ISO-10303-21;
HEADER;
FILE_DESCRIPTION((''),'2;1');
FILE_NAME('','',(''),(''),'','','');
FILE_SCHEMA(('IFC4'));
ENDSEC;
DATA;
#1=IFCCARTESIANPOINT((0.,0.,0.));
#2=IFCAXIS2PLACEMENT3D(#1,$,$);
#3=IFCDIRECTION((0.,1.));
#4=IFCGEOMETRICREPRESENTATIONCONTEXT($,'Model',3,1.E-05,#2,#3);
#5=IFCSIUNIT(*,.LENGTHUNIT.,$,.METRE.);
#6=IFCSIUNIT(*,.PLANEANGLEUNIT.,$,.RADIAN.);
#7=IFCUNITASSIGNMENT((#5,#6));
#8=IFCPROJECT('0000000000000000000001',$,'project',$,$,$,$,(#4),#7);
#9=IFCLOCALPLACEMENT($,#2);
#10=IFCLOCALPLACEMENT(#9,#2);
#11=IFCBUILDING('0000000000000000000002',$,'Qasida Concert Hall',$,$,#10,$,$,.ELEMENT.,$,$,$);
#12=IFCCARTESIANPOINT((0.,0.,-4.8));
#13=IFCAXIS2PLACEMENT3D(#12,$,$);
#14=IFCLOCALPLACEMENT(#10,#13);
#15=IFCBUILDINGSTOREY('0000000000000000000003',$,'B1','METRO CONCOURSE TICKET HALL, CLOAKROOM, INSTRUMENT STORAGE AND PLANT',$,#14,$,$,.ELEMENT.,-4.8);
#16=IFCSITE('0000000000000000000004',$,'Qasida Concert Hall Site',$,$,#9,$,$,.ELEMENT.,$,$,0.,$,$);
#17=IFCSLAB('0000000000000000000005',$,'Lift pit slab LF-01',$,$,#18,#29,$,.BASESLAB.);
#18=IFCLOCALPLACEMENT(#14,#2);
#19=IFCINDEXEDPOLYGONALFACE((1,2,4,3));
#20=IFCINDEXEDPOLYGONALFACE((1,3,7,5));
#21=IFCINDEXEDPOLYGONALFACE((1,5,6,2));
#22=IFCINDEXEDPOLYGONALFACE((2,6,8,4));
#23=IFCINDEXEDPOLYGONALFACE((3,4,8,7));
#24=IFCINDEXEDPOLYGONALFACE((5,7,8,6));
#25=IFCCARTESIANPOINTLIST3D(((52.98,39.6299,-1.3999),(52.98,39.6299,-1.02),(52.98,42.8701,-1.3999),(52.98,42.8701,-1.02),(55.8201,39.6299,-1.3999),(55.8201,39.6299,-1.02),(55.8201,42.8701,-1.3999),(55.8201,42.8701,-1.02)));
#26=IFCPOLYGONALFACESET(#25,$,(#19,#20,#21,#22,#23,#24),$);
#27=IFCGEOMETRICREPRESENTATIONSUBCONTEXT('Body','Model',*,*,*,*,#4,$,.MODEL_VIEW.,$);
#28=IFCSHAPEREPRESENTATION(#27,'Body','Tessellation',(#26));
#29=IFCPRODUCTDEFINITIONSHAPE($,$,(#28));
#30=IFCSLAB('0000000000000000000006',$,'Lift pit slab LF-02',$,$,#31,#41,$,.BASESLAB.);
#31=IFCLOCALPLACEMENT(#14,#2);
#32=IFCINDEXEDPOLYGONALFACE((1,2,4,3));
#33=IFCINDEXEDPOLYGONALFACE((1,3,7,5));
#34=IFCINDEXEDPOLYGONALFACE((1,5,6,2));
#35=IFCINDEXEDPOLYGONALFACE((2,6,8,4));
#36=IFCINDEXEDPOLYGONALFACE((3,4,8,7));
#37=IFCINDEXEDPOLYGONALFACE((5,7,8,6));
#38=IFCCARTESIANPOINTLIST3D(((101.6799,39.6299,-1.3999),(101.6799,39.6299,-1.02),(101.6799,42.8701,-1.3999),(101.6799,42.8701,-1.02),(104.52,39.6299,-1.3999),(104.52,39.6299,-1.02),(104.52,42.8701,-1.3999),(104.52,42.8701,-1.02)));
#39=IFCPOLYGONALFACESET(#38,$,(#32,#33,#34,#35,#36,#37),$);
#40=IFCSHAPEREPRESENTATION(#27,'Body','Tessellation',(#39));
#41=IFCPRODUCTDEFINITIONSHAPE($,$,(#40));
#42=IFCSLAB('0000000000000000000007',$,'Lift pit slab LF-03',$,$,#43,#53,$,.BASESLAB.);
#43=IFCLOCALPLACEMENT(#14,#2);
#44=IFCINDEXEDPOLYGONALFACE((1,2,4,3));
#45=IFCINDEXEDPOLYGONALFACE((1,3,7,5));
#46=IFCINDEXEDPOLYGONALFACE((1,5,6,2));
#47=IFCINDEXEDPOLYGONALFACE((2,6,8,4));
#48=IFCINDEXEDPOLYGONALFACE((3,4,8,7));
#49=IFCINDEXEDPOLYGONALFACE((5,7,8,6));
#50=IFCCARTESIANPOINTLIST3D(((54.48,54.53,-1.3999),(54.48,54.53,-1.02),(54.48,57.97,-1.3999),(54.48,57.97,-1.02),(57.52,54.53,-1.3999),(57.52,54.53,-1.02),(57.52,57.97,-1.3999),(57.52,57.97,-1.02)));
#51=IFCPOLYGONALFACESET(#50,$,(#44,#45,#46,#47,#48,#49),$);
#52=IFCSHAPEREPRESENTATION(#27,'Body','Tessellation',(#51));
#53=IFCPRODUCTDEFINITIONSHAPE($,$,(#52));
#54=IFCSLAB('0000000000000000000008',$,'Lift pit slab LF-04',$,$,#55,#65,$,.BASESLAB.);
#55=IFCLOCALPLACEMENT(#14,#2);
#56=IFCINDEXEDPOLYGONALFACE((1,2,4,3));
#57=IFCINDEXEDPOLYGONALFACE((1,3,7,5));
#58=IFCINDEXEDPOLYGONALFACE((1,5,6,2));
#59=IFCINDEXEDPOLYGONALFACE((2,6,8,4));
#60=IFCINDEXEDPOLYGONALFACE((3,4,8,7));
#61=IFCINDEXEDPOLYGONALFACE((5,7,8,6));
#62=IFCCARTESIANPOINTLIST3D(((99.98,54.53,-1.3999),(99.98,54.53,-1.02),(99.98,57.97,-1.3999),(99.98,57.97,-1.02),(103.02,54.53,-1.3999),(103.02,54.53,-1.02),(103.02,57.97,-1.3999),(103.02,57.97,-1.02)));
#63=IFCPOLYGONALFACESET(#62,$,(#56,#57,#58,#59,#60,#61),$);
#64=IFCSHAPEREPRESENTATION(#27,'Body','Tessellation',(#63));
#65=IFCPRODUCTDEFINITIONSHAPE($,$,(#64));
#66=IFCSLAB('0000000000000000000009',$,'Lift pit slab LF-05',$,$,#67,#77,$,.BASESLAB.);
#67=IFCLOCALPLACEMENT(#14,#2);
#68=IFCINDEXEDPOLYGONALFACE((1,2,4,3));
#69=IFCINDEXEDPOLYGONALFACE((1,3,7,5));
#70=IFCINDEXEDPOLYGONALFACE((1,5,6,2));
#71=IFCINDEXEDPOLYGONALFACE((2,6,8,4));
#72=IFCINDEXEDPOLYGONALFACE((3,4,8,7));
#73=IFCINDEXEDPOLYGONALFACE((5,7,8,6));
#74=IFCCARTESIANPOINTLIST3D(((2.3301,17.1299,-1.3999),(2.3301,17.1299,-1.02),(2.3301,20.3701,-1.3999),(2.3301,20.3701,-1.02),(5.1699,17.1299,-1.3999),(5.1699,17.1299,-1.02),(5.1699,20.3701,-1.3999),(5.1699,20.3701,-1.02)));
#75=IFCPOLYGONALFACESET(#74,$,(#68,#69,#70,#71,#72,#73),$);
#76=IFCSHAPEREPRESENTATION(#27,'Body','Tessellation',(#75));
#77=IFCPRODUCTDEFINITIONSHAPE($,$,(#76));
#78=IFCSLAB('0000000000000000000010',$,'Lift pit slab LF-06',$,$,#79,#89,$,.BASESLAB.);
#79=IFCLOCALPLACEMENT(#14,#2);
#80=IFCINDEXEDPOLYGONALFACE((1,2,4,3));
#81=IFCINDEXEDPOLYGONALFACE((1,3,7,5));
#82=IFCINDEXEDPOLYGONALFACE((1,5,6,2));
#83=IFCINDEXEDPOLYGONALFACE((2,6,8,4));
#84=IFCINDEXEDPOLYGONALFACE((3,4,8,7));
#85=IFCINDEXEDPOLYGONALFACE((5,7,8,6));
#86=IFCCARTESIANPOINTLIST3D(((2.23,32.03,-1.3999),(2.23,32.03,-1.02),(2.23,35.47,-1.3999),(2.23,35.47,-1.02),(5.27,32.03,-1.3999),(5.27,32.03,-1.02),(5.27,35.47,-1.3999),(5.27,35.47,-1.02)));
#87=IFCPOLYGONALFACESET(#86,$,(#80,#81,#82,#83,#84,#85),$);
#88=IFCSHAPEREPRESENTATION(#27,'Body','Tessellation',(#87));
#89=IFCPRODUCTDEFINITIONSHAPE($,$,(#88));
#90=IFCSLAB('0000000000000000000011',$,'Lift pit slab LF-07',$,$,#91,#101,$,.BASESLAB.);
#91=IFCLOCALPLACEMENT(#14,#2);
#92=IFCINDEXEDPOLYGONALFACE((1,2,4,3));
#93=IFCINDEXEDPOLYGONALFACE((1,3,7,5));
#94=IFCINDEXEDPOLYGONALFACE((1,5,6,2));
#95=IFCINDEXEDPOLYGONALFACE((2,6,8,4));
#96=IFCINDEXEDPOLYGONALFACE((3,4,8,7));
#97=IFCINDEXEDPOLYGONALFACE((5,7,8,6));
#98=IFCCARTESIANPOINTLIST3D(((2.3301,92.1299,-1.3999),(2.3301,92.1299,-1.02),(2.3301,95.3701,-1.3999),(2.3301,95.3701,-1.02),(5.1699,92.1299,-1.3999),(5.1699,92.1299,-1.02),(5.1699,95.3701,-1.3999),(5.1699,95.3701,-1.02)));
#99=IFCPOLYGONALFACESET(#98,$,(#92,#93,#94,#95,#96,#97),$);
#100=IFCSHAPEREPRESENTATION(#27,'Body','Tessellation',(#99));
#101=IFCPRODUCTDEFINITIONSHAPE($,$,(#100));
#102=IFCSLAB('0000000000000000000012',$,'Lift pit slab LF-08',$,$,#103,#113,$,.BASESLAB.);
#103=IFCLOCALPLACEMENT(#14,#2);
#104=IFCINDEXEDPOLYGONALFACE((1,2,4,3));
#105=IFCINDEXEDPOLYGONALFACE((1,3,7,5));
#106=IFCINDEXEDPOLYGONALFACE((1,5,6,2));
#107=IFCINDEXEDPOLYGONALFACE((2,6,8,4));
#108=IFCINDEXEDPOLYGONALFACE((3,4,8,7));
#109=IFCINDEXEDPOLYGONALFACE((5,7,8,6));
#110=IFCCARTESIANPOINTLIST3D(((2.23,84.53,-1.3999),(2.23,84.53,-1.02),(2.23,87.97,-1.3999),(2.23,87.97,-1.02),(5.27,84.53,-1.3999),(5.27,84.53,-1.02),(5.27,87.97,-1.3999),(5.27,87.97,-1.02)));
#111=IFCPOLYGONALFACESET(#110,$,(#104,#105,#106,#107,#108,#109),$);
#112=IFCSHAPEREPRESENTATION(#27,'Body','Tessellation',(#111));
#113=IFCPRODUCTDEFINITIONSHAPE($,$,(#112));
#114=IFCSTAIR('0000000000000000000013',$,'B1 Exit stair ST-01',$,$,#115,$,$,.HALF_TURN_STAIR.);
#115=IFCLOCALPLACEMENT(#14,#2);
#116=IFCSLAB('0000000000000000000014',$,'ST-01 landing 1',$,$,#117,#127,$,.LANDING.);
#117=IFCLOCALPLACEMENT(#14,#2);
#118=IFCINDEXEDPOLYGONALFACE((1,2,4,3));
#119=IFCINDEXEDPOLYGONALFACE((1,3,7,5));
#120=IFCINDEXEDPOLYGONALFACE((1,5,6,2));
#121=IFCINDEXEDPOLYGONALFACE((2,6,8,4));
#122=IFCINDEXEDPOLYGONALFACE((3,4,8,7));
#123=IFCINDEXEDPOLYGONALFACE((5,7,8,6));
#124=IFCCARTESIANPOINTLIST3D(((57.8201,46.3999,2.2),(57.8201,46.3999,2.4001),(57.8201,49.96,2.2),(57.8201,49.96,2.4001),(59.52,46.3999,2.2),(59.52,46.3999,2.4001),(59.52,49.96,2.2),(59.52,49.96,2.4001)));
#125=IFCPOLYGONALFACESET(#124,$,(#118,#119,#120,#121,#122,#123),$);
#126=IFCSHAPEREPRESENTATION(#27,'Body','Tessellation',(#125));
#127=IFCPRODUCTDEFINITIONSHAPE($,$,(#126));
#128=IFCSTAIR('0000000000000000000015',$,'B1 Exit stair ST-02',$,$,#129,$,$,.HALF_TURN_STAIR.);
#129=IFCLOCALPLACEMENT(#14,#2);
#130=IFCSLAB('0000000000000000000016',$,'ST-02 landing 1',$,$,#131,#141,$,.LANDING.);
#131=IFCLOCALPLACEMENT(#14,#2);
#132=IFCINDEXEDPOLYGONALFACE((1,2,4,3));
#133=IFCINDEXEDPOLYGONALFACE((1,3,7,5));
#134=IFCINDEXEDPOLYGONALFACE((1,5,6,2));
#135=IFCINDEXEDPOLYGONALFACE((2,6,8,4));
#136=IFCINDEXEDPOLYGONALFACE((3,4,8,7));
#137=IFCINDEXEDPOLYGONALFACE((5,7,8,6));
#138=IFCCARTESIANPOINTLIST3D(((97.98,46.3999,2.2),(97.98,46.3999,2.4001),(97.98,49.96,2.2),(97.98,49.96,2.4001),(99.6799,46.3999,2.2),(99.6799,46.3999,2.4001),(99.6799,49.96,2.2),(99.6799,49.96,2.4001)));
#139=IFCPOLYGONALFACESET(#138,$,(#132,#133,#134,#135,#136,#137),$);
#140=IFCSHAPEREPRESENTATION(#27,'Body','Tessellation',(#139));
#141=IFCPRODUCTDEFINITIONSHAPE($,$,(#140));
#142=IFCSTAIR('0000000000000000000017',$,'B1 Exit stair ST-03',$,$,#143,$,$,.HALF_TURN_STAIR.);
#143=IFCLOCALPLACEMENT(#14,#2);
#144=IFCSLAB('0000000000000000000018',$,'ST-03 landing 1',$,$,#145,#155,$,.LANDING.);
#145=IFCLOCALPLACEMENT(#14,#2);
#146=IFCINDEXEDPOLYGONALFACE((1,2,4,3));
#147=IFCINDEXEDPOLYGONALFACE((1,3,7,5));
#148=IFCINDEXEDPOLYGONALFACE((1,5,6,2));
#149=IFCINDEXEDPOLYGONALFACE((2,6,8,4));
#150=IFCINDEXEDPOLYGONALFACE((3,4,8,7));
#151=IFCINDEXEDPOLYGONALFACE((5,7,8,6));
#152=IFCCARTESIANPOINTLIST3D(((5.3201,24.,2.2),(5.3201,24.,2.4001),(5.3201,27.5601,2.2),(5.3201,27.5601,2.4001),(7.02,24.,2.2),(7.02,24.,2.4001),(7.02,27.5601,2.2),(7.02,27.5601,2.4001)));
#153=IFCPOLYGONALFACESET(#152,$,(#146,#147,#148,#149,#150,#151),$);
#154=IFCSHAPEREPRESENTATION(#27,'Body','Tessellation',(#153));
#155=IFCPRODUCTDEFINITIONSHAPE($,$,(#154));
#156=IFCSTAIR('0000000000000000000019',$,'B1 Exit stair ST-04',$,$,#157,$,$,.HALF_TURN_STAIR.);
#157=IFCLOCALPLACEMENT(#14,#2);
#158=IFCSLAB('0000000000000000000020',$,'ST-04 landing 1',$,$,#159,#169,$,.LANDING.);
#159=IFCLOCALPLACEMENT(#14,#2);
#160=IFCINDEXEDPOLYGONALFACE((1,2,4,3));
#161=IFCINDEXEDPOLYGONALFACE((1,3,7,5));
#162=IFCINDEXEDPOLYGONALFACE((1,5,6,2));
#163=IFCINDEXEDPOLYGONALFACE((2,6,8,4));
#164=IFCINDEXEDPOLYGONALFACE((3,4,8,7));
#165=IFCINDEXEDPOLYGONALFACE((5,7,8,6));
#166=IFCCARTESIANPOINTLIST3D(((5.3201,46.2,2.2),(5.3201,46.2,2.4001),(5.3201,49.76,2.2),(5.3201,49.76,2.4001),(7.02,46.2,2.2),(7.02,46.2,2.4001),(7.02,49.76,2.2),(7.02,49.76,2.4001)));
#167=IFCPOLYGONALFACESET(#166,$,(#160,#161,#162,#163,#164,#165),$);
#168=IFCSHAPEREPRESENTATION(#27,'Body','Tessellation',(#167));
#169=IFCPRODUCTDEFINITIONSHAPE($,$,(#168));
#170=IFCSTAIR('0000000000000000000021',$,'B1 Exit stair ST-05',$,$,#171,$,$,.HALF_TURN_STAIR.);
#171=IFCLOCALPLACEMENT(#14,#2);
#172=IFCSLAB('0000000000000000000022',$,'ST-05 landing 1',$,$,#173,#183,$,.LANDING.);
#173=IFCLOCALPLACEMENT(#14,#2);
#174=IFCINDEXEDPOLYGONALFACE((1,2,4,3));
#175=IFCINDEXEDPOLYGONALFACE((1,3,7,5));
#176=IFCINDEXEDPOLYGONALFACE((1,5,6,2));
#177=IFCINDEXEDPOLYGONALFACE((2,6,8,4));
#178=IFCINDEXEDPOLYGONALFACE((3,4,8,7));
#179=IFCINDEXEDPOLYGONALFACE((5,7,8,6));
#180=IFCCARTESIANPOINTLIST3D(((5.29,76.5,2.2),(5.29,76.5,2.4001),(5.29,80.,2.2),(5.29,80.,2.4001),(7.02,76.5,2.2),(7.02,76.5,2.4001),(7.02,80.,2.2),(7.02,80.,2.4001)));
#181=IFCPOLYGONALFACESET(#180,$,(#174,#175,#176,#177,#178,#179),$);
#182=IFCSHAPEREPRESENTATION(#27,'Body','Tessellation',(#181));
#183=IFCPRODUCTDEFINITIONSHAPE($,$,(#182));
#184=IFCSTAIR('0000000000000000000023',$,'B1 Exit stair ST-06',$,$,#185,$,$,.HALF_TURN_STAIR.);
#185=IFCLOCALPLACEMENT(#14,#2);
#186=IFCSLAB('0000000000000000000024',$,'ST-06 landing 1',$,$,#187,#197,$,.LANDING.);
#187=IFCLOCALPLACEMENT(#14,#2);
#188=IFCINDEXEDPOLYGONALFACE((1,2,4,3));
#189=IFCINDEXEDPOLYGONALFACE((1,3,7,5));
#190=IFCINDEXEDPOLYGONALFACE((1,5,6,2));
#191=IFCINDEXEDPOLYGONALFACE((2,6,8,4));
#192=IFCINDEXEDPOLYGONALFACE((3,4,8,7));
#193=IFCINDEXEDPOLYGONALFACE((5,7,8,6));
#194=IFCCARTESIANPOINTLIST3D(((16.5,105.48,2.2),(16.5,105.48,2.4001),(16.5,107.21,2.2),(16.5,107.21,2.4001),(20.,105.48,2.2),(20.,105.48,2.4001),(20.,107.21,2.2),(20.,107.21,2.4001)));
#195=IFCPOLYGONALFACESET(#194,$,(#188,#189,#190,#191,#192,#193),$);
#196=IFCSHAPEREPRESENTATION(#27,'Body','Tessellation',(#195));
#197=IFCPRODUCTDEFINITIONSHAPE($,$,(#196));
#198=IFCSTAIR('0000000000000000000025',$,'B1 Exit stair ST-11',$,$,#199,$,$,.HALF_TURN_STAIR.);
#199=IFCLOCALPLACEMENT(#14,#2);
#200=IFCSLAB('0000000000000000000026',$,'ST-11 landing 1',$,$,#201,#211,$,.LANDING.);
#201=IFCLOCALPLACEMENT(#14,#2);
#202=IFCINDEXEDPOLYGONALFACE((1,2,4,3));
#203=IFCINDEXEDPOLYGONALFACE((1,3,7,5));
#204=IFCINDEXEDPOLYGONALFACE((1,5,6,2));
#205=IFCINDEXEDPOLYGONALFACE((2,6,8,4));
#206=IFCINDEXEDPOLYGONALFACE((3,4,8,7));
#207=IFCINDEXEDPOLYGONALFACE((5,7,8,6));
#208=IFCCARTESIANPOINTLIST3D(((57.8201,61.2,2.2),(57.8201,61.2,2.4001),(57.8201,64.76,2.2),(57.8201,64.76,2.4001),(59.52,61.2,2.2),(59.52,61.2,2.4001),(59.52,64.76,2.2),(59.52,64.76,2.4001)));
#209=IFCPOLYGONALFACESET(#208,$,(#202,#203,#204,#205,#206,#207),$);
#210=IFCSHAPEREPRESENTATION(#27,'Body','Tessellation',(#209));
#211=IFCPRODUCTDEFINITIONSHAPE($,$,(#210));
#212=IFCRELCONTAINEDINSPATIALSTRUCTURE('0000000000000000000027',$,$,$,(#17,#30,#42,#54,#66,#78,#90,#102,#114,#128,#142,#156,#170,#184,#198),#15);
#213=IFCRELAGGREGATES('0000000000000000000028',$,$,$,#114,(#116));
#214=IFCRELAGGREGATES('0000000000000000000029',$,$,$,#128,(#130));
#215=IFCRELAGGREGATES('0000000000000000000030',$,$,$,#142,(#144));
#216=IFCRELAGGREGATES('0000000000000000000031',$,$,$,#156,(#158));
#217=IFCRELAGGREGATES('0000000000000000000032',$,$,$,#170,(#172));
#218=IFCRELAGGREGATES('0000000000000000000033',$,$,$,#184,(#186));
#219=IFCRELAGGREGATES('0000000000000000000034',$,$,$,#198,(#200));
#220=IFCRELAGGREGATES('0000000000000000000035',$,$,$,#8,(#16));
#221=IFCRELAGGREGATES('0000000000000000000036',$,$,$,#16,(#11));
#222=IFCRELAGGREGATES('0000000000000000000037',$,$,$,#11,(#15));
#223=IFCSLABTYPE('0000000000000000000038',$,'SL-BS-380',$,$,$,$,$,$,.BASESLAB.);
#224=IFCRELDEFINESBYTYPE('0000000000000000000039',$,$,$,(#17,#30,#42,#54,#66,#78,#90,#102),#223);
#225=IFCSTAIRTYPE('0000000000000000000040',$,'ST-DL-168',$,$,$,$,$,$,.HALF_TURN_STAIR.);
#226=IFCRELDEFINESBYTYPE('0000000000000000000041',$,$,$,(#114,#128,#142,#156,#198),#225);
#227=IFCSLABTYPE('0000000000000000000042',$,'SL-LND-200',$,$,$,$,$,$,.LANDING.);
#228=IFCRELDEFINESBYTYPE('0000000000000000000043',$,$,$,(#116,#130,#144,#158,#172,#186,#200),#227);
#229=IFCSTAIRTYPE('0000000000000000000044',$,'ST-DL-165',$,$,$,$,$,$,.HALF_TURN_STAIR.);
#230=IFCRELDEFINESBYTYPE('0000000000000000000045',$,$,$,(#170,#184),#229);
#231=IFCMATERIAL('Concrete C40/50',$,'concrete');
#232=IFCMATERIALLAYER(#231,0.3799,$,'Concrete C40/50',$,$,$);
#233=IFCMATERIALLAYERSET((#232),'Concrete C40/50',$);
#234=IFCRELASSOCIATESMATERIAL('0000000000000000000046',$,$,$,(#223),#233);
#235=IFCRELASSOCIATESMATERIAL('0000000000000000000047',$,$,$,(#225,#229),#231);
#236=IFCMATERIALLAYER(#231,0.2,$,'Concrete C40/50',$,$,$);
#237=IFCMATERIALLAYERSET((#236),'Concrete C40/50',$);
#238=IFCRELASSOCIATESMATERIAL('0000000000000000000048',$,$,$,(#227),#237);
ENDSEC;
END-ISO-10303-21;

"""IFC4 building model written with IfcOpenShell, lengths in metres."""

from ifc_helpers import new_model, si_unit, direction, frame, origin, place, context, subcontext, project, spatial, polyline, outline, extrude, material, layer, layer_set, type_object, element, aggregate, save


model = new_model("IFC4")

# Units and contexts
model_context = context("Model", 3, precision=1e-05, world=origin(), true_north=direction((0.0, 1.0)))
body_context = subcontext(model_context, "Body", "Model", "MODEL_VIEW")
ifc_project = project(units=[si_unit("LENGTHUNIT", "METRE"), si_unit("PLANEANGLEUNIT", "RADIAN")], contexts=[model_context])

# Site, building, storey
site_placement = place(None, origin())
site = spatial("IfcSite", under=ifc_project, at=site_placement, Name="Qasida Concert Hall Site", CompositionType="ELEMENT", RefElevation=0.0)
building_placement = place(site_placement, origin())
building = spatial("IfcBuilding", under=site, at=building_placement, Name="Qasida Concert Hall", CompositionType="ELEMENT")
storey_placement = place(building_placement, frame((0.0, 0.0, -4.8)))
storey = spatial("IfcBuildingStorey", under=building, at=storey_placement, Name="B1", Description="METRO CONCOURSE TICKET HALL, CLOAKROOM, INSTRUMENT STORAGE AND PLANT", CompositionType="ELEMENT", Elevation=-4.8)

# Shared definitions
ifc_material_1 = material(Name="Concrete C40/50", Category="concrete")

# Slabs
ifc_layer_1 = layer(ifc_material_1, 0.3799, Name="Concrete C40/50")
ifc_layer_set_1 = layer_set([ifc_layer_1], Name="Concrete C40/50")
slab_type_1 = type_object("IfcSlabType", Name="SL-BS-380", PredefinedType="BASESLAB", material=ifc_layer_set_1)
slab_1_placement = place(storey_placement, frame((0.0, 0.0, -1.3999)))
element("IfcSlab", 1, at=slab_1_placement, inside=storey, type_object=slab_type_1, Name="Lift pit slab LF-01", PredefinedType="BASESLAB", context=body_context, shape_type="SweptSolid", body=[
    extrude(outline(polyline([(52.98, 39.6299), (55.8201, 39.6299), (55.8201, 42.8701), (52.98, 42.8701), (52.98, 39.6299)])), origin(), (0.0, 0.0, 1.0), 0.3799),
])
slab_2_placement = place(storey_placement, frame((0.0, 0.0, -1.3999)))
element("IfcSlab", 2, at=slab_2_placement, inside=storey, type_object=slab_type_1, Name="Lift pit slab LF-02", PredefinedType="BASESLAB", context=body_context, shape_type="SweptSolid", body=[
    extrude(outline(polyline([(101.6799, 39.6299), (104.52, 39.6299), (104.52, 42.8701), (101.6799, 42.8701), (101.6799, 39.6299)])), origin(), (0.0, 0.0, 1.0), 0.3799),
])
slab_3_placement = place(storey_placement, frame((0.0, 0.0, -1.3999)))
element("IfcSlab", 3, at=slab_3_placement, inside=storey, type_object=slab_type_1, Name="Lift pit slab LF-03", PredefinedType="BASESLAB", context=body_context, shape_type="SweptSolid", body=[
    extrude(outline(polyline([(54.48, 54.53), (57.52, 54.53), (57.52, 57.97), (54.48, 57.97), (54.48, 54.53)])), origin(), (0.0, 0.0, 1.0), 0.3799),
])
slab_4_placement = place(storey_placement, frame((0.0, 0.0, -1.3999)))
element("IfcSlab", 4, at=slab_4_placement, inside=storey, type_object=slab_type_1, Name="Lift pit slab LF-04", PredefinedType="BASESLAB", context=body_context, shape_type="SweptSolid", body=[
    extrude(outline(polyline([(99.98, 54.53), (103.02, 54.53), (103.02, 57.97), (99.98, 57.97), (99.98, 54.53)])), origin(), (0.0, 0.0, 1.0), 0.3799),
])
slab_5_placement = place(storey_placement, frame((0.0, 0.0, -1.3999)))
element("IfcSlab", 5, at=slab_5_placement, inside=storey, type_object=slab_type_1, Name="Lift pit slab LF-05", PredefinedType="BASESLAB", context=body_context, shape_type="SweptSolid", body=[
    extrude(outline(polyline([(2.3301, 17.1299), (5.1699, 17.1299), (5.1699, 20.3701), (2.3301, 20.3701), (2.3301, 17.1299)])), origin(), (0.0, 0.0, 1.0), 0.3799),
])
slab_6_placement = place(storey_placement, frame((0.0, 0.0, -1.3999)))
element("IfcSlab", 6, at=slab_6_placement, inside=storey, type_object=slab_type_1, Name="Lift pit slab LF-06", PredefinedType="BASESLAB", context=body_context, shape_type="SweptSolid", body=[
    extrude(outline(polyline([(2.23, 32.03), (5.27, 32.03), (5.27, 35.47), (2.23, 35.47), (2.23, 32.03)])), origin(), (0.0, 0.0, 1.0), 0.3799),
])
slab_7_placement = place(storey_placement, frame((0.0, 0.0, -1.3999)))
element("IfcSlab", 7, at=slab_7_placement, inside=storey, type_object=slab_type_1, Name="Lift pit slab LF-07", PredefinedType="BASESLAB", context=body_context, shape_type="SweptSolid", body=[
    extrude(outline(polyline([(2.3301, 92.1299), (5.1699, 92.1299), (5.1699, 95.3701), (2.3301, 95.3701), (2.3301, 92.1299)])), origin(), (0.0, 0.0, 1.0), 0.3799),
])
slab_8_placement = place(storey_placement, frame((0.0, 0.0, -1.3999)))
element("IfcSlab", 8, at=slab_8_placement, inside=storey, type_object=slab_type_1, Name="Lift pit slab LF-08", PredefinedType="BASESLAB", context=body_context, shape_type="SweptSolid", body=[
    extrude(outline(polyline([(2.23, 84.53), (5.27, 84.53), (5.27, 87.97), (2.23, 87.97), (2.23, 84.53)])), origin(), (0.0, 0.0, 1.0), 0.3799),
])

# Stairs, slabs
stair_type_1 = type_object("IfcStairType", Name="ST-DL-168", PredefinedType="HALF_TURN_STAIR", material=ifc_material_1)
stair_1_placement = place(storey_placement, origin())
stair_1 = element("IfcStair", 9, at=stair_1_placement, inside=storey, type_object=stair_type_1, Name="B1 Exit stair ST-01", PredefinedType="HALF_TURN_STAIR")
ifc_layer_2 = layer(ifc_material_1, 0.2, Name="Concrete C40/50")
ifc_layer_set_2 = layer_set([ifc_layer_2], Name="Concrete C40/50")
slab_type_2 = type_object("IfcSlabType", Name="SL-LND-200", PredefinedType="LANDING", material=ifc_layer_set_2)
slab_9_placement = place(storey_placement, frame((0.0, 0.0, 2.2)))
slab_9 = element("IfcSlab", 10, at=slab_9_placement, type_object=slab_type_2, Name="ST-01 landing 1", PredefinedType="LANDING", context=body_context, shape_type="SweptSolid", body=[
    extrude(outline(polyline([(57.8201, 46.3999), (59.52, 46.3999), (59.52, 49.96), (57.8201, 49.96), (57.8201, 46.3999)])), origin(), (0.0, 0.0, 1.0), 0.2002),
])
aggregate(stair_1, [slab_9])
stair_2_placement = place(storey_placement, origin())
stair_2 = element("IfcStair", 11, at=stair_2_placement, inside=storey, type_object=stair_type_1, Name="B1 Exit stair ST-02", PredefinedType="HALF_TURN_STAIR")
slab_10_placement = place(storey_placement, frame((0.0, 0.0, 2.2)))
slab_10 = element("IfcSlab", 12, at=slab_10_placement, type_object=slab_type_2, Name="ST-02 landing 1", PredefinedType="LANDING", context=body_context, shape_type="SweptSolid", body=[
    extrude(outline(polyline([(99.6799, 49.96), (97.98, 49.96), (97.98, 46.3999), (99.6799, 46.3999), (99.6799, 49.96)])), origin(), (0.0, 0.0, 1.0), 0.2002),
])
aggregate(stair_2, [slab_10])
stair_3_placement = place(storey_placement, origin())
stair_3 = element("IfcStair", 13, at=stair_3_placement, inside=storey, type_object=stair_type_1, Name="B1 Exit stair ST-03", PredefinedType="HALF_TURN_STAIR")
slab_11_placement = place(storey_placement, frame((0.0, 0.0, 2.2)))
slab_11 = element("IfcSlab", 14, at=slab_11_placement, type_object=slab_type_2, Name="ST-03 landing 1", PredefinedType="LANDING", context=body_context, shape_type="SweptSolid", body=[
    extrude(outline(polyline([(5.3201, 24.0), (7.02, 24.0), (7.02, 27.5601), (5.3201, 27.5601), (5.3201, 24.0)])), origin(), (0.0, 0.0, 1.0), 0.2002),
])
aggregate(stair_3, [slab_11])
stair_4_placement = place(storey_placement, origin())
stair_4 = element("IfcStair", 15, at=stair_4_placement, inside=storey, type_object=stair_type_1, Name="B1 Exit stair ST-04", PredefinedType="HALF_TURN_STAIR")
slab_12_placement = place(storey_placement, frame((0.0, 0.0, 2.2)))
slab_12 = element("IfcSlab", 16, at=slab_12_placement, type_object=slab_type_2, Name="ST-04 landing 1", PredefinedType="LANDING", context=body_context, shape_type="SweptSolid", body=[
    extrude(outline(polyline([(5.3201, 46.2), (7.02, 46.2), (7.02, 49.76), (5.3201, 49.76), (5.3201, 46.2)])), origin(), (0.0, 0.0, 1.0), 0.2002),
])
aggregate(stair_4, [slab_12])
stair_type_2 = type_object("IfcStairType", Name="ST-DL-165", PredefinedType="HALF_TURN_STAIR", material=ifc_material_1)
stair_5_placement = place(storey_placement, origin())
stair_5 = element("IfcStair", 17, at=stair_5_placement, inside=storey, type_object=stair_type_2, Name="B1 Exit stair ST-05", PredefinedType="HALF_TURN_STAIR")
slab_13_placement = place(storey_placement, frame((0.0, 0.0, 2.2)))
slab_13 = element("IfcSlab", 18, at=slab_13_placement, type_object=slab_type_2, Name="ST-05 landing 1", PredefinedType="LANDING", context=body_context, shape_type="SweptSolid", body=[
    extrude(outline(polyline([(5.29, 76.5), (7.02, 76.5), (7.02, 80.0), (5.29, 80.0), (5.29, 76.5)])), origin(), (0.0, 0.0, 1.0), 0.2002),
])
aggregate(stair_5, [slab_13])
stair_6_placement = place(storey_placement, origin())
stair_6 = element("IfcStair", 19, at=stair_6_placement, inside=storey, type_object=stair_type_2, Name="B1 Exit stair ST-06", PredefinedType="HALF_TURN_STAIR")
slab_14_placement = place(storey_placement, frame((0.0, 0.0, 2.2)))
slab_14 = element("IfcSlab", 20, at=slab_14_placement, type_object=slab_type_2, Name="ST-06 landing 1", PredefinedType="LANDING", context=body_context, shape_type="SweptSolid", body=[
    extrude(outline(polyline([(16.5, 107.21), (16.5, 105.48), (20.0, 105.48), (20.0, 107.21), (16.5, 107.21)])), origin(), (0.0, 0.0, 1.0), 0.2002),
])
aggregate(stair_6, [slab_14])
stair_7_placement = place(storey_placement, origin())
stair_7 = element("IfcStair", 21, at=stair_7_placement, inside=storey, type_object=stair_type_1, Name="B1 Exit stair ST-11", PredefinedType="HALF_TURN_STAIR")
slab_15_placement = place(storey_placement, frame((0.0, 0.0, 2.2)))
slab_15 = element("IfcSlab", 22, at=slab_15_placement, type_object=slab_type_2, Name="ST-11 landing 1", PredefinedType="LANDING", context=body_context, shape_type="SweptSolid", body=[
    extrude(outline(polyline([(57.8201, 61.2), (59.52, 61.2), (59.52, 64.76), (57.8201, 64.76), (57.8201, 61.2)])), origin(), (0.0, 0.0, 1.0), 0.2002),
])
aggregate(stair_7, [slab_15])

save(model, "model.ifc")
